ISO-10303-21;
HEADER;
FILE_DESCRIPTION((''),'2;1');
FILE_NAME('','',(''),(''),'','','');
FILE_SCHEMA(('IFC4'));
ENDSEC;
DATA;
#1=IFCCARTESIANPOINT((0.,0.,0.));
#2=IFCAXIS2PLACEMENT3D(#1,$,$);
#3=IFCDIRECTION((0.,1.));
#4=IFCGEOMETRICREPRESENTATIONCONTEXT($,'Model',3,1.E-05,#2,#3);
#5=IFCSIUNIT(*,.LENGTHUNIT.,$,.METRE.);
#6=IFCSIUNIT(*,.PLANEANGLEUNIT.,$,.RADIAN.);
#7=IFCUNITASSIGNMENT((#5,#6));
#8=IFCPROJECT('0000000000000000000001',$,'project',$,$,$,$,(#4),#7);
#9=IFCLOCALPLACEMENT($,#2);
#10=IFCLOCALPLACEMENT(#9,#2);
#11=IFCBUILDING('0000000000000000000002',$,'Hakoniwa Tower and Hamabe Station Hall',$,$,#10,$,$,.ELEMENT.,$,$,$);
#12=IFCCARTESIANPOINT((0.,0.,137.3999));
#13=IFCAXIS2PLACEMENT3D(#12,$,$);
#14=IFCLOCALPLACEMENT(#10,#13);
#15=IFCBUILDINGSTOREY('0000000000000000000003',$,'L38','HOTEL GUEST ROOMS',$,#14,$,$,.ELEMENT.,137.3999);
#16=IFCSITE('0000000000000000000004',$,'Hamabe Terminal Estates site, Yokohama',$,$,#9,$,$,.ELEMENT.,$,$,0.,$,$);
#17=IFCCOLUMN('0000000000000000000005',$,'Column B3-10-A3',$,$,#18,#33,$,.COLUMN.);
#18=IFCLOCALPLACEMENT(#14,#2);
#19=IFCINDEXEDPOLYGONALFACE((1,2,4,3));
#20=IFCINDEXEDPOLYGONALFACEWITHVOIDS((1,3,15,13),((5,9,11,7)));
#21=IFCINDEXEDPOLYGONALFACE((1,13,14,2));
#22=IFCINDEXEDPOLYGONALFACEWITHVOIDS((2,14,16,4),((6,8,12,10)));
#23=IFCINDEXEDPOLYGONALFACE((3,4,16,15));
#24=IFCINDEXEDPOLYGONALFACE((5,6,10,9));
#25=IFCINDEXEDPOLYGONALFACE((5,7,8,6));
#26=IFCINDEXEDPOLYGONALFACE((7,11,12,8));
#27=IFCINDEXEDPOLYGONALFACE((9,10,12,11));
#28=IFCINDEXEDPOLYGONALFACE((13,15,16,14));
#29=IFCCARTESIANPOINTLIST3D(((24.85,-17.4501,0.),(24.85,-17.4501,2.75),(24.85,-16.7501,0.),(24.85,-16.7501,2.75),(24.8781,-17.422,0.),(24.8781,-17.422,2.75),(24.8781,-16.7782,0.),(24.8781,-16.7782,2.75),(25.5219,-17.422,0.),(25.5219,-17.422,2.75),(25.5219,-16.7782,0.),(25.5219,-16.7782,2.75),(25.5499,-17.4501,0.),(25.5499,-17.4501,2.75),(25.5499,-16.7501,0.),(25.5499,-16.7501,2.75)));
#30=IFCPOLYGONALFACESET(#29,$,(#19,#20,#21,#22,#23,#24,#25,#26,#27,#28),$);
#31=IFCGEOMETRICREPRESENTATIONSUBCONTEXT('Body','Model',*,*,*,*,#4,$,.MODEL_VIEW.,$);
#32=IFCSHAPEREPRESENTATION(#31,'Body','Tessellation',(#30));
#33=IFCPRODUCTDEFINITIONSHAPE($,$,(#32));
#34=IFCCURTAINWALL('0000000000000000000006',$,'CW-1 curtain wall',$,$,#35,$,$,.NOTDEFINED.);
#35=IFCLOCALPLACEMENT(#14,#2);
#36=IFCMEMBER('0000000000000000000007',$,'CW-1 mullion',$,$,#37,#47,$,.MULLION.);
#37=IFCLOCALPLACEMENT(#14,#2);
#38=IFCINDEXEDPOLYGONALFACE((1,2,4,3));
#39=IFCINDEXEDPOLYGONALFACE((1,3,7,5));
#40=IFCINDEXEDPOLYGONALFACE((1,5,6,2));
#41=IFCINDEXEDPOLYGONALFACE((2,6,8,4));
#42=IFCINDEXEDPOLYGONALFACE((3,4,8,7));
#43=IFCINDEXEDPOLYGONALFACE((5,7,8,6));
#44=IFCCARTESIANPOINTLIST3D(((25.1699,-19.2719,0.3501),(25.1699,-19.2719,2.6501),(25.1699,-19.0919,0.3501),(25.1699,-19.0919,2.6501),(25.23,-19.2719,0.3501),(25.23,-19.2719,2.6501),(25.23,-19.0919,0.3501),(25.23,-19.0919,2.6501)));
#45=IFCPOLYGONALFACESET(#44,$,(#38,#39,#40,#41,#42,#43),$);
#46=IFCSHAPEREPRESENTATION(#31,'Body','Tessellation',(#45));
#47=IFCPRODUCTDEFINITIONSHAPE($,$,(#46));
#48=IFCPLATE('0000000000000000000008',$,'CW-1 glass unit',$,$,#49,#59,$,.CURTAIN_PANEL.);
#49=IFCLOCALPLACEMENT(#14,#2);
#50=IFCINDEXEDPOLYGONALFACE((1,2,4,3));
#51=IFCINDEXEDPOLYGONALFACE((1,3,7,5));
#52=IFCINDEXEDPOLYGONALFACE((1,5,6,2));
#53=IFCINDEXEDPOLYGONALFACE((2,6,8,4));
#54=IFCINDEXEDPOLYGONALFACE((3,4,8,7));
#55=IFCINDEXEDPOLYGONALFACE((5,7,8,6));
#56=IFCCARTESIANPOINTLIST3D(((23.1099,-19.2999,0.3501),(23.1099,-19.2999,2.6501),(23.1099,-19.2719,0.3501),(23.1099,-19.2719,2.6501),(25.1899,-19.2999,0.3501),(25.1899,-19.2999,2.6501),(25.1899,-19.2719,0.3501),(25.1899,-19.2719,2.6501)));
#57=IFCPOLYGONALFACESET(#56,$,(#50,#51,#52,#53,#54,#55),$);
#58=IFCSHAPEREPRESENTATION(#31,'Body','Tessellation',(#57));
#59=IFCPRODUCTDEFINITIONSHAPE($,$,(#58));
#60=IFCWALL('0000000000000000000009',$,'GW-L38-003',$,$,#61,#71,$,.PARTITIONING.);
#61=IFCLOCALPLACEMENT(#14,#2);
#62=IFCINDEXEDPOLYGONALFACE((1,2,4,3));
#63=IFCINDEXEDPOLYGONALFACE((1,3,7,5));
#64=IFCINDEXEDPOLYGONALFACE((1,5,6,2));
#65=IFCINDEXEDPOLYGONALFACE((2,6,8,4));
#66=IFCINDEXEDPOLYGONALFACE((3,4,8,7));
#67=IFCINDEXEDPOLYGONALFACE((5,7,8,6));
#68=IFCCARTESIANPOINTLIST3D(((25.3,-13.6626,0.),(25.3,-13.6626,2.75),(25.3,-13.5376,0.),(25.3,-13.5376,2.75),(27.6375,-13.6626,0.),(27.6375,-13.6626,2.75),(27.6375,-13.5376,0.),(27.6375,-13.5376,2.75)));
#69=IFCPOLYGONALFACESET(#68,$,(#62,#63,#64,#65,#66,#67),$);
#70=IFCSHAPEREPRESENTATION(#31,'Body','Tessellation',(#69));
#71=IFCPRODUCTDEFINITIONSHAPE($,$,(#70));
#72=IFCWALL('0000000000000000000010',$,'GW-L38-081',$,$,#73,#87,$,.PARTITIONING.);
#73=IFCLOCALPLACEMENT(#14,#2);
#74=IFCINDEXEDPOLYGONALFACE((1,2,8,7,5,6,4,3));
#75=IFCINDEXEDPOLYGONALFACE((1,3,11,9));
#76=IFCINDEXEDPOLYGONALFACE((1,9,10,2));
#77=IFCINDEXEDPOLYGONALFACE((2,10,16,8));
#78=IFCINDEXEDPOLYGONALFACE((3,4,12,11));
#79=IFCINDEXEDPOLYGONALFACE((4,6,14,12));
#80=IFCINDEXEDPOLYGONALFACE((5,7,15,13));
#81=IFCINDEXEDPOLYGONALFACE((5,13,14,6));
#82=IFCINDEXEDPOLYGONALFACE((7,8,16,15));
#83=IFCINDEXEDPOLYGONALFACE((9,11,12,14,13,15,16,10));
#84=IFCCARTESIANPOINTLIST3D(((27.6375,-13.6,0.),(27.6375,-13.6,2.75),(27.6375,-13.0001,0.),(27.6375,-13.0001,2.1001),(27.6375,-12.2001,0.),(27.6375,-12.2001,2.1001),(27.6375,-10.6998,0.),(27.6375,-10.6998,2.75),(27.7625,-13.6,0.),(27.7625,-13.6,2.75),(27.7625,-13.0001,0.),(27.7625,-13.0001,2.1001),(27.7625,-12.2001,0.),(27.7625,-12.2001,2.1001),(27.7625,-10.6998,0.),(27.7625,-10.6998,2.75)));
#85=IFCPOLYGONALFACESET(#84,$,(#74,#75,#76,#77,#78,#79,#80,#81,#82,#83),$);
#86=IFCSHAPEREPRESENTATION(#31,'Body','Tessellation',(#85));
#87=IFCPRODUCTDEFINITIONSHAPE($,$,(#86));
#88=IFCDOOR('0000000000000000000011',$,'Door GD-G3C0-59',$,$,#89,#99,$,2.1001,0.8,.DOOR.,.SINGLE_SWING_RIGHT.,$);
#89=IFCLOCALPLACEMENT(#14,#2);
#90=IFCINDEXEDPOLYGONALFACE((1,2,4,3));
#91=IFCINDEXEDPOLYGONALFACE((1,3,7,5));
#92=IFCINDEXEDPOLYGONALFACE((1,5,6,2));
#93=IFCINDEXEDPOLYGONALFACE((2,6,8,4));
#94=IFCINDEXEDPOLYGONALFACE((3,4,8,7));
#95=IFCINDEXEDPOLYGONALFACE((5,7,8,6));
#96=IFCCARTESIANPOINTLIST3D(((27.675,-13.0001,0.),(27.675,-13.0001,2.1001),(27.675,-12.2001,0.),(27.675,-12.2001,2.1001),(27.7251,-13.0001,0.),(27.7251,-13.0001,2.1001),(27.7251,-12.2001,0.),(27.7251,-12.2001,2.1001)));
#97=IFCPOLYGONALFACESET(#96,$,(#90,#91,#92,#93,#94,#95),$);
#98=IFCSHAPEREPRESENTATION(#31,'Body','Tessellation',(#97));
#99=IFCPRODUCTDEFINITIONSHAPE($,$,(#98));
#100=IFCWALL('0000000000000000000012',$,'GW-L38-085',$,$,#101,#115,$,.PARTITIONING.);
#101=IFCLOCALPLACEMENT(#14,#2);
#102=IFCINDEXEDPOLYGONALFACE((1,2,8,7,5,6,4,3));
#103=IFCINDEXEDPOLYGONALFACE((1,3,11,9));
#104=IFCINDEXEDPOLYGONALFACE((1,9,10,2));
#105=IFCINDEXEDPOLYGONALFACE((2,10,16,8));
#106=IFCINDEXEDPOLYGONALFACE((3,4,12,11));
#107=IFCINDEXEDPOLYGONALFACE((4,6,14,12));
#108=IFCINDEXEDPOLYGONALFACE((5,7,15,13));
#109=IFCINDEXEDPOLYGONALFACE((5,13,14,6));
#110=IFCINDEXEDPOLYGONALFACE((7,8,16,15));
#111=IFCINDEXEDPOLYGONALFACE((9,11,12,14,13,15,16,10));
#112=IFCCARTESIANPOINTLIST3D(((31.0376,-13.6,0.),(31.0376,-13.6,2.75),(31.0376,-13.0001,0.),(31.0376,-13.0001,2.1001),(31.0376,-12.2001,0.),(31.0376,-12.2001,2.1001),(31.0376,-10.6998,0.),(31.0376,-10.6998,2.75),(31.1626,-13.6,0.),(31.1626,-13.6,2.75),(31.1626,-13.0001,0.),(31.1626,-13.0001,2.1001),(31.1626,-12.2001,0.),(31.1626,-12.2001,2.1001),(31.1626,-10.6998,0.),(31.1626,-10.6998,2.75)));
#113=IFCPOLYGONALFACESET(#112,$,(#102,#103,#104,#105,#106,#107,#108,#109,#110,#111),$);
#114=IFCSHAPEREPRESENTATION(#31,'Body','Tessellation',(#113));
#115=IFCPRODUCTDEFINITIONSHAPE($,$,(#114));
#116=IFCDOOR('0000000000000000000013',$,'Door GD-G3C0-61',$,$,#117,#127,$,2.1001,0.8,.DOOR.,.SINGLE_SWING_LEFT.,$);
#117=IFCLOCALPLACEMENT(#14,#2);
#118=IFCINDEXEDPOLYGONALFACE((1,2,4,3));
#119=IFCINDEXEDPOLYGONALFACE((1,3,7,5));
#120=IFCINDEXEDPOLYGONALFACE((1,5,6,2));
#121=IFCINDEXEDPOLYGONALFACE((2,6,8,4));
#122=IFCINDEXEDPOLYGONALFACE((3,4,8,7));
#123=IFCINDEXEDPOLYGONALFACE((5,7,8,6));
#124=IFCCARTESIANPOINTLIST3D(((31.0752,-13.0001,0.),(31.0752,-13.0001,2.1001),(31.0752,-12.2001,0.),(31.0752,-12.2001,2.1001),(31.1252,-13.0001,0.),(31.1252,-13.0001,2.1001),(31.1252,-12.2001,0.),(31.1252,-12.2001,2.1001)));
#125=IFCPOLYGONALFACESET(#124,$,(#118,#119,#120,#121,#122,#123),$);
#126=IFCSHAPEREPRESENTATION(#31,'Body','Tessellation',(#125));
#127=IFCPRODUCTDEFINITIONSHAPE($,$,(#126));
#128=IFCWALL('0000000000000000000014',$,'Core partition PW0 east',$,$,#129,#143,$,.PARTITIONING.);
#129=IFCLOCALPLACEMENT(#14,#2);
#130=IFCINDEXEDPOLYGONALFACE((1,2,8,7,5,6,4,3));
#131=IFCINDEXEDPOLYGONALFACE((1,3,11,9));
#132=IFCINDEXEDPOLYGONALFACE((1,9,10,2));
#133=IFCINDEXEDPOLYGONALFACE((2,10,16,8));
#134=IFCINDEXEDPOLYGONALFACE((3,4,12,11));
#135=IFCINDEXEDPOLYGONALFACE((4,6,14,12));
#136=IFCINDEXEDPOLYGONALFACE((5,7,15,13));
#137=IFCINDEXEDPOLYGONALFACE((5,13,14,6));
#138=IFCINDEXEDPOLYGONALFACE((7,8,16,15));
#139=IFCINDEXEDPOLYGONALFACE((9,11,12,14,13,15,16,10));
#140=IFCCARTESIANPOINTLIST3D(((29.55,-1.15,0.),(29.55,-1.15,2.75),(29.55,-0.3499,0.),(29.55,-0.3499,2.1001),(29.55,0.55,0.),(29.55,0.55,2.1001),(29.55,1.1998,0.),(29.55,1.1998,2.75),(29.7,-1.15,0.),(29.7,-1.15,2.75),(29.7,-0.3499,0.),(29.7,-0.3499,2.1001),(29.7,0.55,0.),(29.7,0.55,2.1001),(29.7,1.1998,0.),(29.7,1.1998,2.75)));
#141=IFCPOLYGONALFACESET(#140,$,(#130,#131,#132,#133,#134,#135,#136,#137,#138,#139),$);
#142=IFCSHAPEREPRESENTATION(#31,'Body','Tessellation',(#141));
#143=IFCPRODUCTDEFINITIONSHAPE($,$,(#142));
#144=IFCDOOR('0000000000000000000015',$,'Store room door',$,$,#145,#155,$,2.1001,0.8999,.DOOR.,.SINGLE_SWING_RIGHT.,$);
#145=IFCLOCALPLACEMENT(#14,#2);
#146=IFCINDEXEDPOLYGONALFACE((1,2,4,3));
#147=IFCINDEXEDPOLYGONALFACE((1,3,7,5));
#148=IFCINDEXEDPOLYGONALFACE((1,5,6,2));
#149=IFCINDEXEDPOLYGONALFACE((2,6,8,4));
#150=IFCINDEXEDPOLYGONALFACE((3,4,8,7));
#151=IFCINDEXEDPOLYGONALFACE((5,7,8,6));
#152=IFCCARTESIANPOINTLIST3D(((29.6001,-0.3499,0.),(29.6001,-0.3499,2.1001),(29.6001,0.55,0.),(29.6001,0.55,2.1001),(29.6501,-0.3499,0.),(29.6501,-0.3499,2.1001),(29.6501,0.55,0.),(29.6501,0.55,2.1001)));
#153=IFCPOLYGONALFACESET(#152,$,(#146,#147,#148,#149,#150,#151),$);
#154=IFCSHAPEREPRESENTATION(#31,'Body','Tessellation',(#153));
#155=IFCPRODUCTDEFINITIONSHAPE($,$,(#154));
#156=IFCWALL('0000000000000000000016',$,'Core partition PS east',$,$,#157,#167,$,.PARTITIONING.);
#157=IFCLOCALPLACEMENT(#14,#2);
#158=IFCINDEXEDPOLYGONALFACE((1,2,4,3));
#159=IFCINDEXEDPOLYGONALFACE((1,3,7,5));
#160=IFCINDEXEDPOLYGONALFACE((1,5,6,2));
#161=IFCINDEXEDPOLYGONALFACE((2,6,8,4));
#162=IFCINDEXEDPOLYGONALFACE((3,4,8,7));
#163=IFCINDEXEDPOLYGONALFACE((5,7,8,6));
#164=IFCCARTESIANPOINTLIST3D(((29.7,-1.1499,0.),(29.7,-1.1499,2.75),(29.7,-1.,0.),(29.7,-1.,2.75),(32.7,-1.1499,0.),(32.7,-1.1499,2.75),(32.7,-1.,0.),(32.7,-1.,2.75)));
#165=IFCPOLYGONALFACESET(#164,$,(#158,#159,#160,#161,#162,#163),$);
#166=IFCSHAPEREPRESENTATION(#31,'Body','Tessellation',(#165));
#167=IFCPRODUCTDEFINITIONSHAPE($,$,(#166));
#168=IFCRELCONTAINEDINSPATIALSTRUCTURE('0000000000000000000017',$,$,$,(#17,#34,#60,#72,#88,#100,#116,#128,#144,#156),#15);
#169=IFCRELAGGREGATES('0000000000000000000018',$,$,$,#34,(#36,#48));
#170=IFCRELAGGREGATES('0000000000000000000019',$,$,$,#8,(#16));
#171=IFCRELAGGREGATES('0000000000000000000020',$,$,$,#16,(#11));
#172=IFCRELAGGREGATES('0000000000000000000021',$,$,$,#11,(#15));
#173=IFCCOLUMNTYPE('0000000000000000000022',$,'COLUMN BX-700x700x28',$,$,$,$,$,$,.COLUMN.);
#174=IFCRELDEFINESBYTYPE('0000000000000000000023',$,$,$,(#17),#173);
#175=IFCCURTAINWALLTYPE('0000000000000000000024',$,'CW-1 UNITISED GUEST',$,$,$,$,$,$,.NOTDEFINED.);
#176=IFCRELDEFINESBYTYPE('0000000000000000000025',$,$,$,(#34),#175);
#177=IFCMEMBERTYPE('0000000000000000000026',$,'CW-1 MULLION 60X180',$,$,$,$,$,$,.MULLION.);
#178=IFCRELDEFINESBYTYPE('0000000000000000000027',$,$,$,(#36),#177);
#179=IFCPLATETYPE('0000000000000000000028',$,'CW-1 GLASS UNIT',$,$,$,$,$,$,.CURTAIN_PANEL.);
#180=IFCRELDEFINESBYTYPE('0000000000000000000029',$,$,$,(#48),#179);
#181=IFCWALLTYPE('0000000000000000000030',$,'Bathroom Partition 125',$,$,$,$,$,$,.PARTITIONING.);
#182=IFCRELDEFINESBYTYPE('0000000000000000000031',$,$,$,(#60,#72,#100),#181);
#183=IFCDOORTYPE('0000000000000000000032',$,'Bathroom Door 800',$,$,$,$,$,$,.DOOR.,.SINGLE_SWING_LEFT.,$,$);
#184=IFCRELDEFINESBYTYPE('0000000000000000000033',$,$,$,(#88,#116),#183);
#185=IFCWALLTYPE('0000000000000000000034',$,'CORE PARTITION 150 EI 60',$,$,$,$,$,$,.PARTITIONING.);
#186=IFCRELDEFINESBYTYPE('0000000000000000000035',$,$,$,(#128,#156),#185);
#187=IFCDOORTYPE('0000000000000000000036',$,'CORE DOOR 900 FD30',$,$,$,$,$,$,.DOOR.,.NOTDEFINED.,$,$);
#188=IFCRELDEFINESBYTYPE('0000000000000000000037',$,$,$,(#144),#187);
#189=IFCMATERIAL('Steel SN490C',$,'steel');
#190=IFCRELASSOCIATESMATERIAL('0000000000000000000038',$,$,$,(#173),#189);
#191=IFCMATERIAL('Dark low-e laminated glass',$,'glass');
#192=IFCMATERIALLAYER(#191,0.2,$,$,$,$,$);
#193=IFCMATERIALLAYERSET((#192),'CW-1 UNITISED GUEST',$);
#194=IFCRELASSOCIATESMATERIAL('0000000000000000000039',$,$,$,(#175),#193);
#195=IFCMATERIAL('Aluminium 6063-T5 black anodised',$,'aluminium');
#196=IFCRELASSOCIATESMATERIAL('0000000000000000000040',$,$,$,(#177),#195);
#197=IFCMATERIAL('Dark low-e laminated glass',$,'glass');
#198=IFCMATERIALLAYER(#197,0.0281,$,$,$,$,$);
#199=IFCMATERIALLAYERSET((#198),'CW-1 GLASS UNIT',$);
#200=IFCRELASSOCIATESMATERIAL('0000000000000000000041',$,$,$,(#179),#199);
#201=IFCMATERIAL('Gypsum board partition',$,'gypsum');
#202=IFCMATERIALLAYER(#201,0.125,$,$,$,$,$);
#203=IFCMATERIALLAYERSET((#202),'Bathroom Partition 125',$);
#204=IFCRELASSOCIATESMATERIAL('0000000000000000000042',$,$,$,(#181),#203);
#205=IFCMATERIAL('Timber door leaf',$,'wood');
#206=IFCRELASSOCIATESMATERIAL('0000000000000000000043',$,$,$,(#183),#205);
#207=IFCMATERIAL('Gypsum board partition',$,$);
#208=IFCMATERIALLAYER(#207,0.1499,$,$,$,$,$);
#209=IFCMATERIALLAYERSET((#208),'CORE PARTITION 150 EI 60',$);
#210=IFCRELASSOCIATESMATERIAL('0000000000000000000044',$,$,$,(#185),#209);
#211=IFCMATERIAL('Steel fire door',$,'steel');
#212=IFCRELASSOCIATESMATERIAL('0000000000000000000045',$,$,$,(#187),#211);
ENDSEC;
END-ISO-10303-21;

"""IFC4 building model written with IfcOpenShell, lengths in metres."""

from ifc_helpers import new_model, si_unit, direction, frame, frame_2d, origin, origin_2d, place, context, subcontext, project, spatial, rectangle, hollow_rectangle, extrude, material, layer, layer_set, material_profile, profile_set, type_object, element, fill, aggregate, save


model = new_model("IFC4")

# Units and contexts
model_context = context("Model", 3, precision=1e-05, world=origin(), true_north=direction((0.0, 1.0)))
body_context = subcontext(model_context, "Body", "Model", "MODEL_VIEW")
ifc_project = project(units=[si_unit("LENGTHUNIT", "METRE"), si_unit("PLANEANGLEUNIT", "RADIAN")], contexts=[model_context])

# Site, building, storey
site_placement = place(None, origin())
site = spatial("IfcSite", under=ifc_project, at=site_placement, Name="Hamabe Terminal Estates site, Yokohama", CompositionType="ELEMENT", RefElevation=0.0)
building_placement = place(site_placement, origin())
building = spatial("IfcBuilding", under=site, at=building_placement, Name="Hakoniwa Tower and Hamabe Station Hall", CompositionType="ELEMENT")
storey_placement = place(building_placement, frame((0.0, 0.0, 137.3999)))
storey = spatial("IfcBuildingStorey", under=building, at=storey_placement, Name="L38", Description="HOTEL GUEST ROOMS", CompositionType="ELEMENT", Elevation=137.3999)

# Column
ifc_material_1 = material(Name="Steel SN490C", Category="steel")
ifc_material_profile_1 = material_profile(ifc_material_1, hollow_rectangle(XDim=0.7, YDim=0.7, WallThickness=0.0281, at=origin_2d()), Name="BX-700x700x28")
ifc_profile_set_1 = profile_set([ifc_material_profile_1], Name="Steel SN490C")
column_type = type_object("IfcColumnType", Name="COLUMN BX-700x700x28", PredefinedType="COLUMN", material=ifc_profile_set_1)
column_placement = place(storey_placement, frame((25.2, -17.1001, 0.0), z_axis=(0.0, 0.0, 1.0), x_axis=(1.0, 0.0, 0.0)))
element("IfcColumn", 1, at=column_placement, inside=storey, type_object=column_type, Name="Column B3-10-A3", PredefinedType="COLUMN", context=body_context, shape_type="SweptSolid", body=[
    extrude(hollow_rectangle(XDim=0.7, YDim=0.7, WallThickness=0.0281, at=origin_2d()), origin(), (0.0, 0.0, 1.0), 2.75),
])

# Curtain wall, member, plate
ifc_material_2 = material(Name="Dark low-e laminated glass", Category="glass")
ifc_layer_1 = layer(ifc_material_2, 0.2)
ifc_layer_set_1 = layer_set([ifc_layer_1], Name="CW-1 UNITISED GUEST")
curtain_wall_type = type_object("IfcCurtainWallType", Name="CW-1 UNITISED GUEST", PredefinedType="NOTDEFINED", material=ifc_layer_set_1)
curtain_wall_placement = place(storey_placement, origin())
curtain_wall = element("IfcCurtainWall", 2, at=curtain_wall_placement, inside=storey, type_object=curtain_wall_type, Name="CW-1 curtain wall", PredefinedType="NOTDEFINED")
ifc_material_3 = material(Name="Aluminium 6063-T5 black anodised", Category="aluminium")
ifc_material_profile_2 = material_profile(ifc_material_3, rectangle(XDim=0.0601, YDim=0.1799, at=origin_2d()), Name="CW-1 MULLION 60X180")
ifc_profile_set_2 = profile_set([ifc_material_profile_2], Name="Aluminium 6063-T5 black anodised")
member_type = type_object("IfcMemberType", Name="CW-1 MULLION 60X180", PredefinedType="MULLION", material=ifc_profile_set_2)
member_placement = place(storey_placement, frame((25.2, -19.1819, 0.3501), z_axis=(0.0, 0.0, 1.0), x_axis=(1.0, 0.0, 0.0)))
member = element("IfcMember", 3, at=member_placement, type_object=member_type, Name="CW-1 mullion", PredefinedType="MULLION", context=body_context, shape_type="SweptSolid", body=[
    extrude(rectangle(XDim=0.0601, YDim=0.1799, at=origin_2d()), origin(), (0.0, 0.0, 1.0), 2.3),
])
ifc_material_4 = material(Name="Dark low-e laminated glass", Category="glass")
ifc_layer_2 = layer(ifc_material_4, 0.0281)
ifc_layer_set_2 = layer_set([ifc_layer_2], Name="CW-1 GLASS UNIT")
plate_type = type_object("IfcPlateType", Name="CW-1 GLASS UNIT", PredefinedType="CURTAIN_PANEL", material=ifc_layer_set_2)
plate_placement = place(storey_placement, frame((24.1499, -19.2859, 0.3501), z_axis=(0.0, 0.0, 1.0), x_axis=(1.0, 0.0, 0.0)))
plate = element("IfcPlate", 4, at=plate_placement, type_object=plate_type, Name="CW-1 glass unit", PredefinedType="CURTAIN_PANEL", context=body_context, shape_type="SweptSolid", body=[
    extrude(rectangle(XDim=2.0801, YDim=0.0281, at=origin_2d()), origin(), (0.0, 0.0, 1.0), 2.3),
])

# Wall
ifc_material_5 = material(Name="Gypsum board partition", Category="gypsum")
ifc_layer_3 = layer(ifc_material_5, 0.125)
ifc_layer_set_3 = layer_set([ifc_layer_3], Name="Bathroom Partition 125")
wall_type_1 = type_object("IfcWallType", Name="Bathroom Partition 125", PredefinedType="PARTITIONING", material=ifc_layer_set_3)
wall_1_placement = place(storey_placement, frame((25.3, -13.6001, 0.0), z_axis=(0.0, 0.0, 1.0), x_axis=(1.0, 0.0, 0.0)))
element("IfcWall", 5, at=wall_1_placement, inside=storey, type_object=wall_type_1, Name="GW-L38-003", PredefinedType="PARTITIONING", context=body_context, shape_type="SweptSolid", body=[
    extrude(rectangle(XDim=2.3374, YDim=0.125, at=frame_2d((1.1687, 0.0))), origin(), (0.0, 0.0, 1.0), 2.75),
])

# Walls, openings, doors
wall_2_placement = place(storey_placement, frame((27.7, -13.6001, 0.0), z_axis=(0.0, 0.0, 1.0), x_axis=(0.0, 1.0, 0.0)))
wall_2 = element("IfcWall", 6, at=wall_2_placement, inside=storey, type_object=wall_type_1, Name="GW-L38-081", PredefinedType="PARTITIONING", context=body_context, shape_type="SweptSolid", body=[
    extrude(rectangle(XDim=2.9001, YDim=0.125, at=frame_2d((1.4502, 0.0))), origin(), (0.0, 0.0, 1.0), 2.75),
])
opening_1_placement = place(wall_2_placement, frame((0.6001, 0.0, 0.0)))
opening_1 = element("IfcOpeningElement", 7, at=opening_1_placement, cuts=wall_2, PredefinedType="OPENING", context=body_context, shape_type="SweptSolid", body=[
    extrude(rectangle(XDim=0.8, YDim=2.1001, at=frame_2d((0.3999, 1.05))), frame((0.0, 0.0725, 0.0), z_axis=(0.0, -1.0, 0.0), x_axis=(1.0, 0.0, 0.0)), (0.0, 0.0, 1.0), 0.145),
])
ifc_material_6 = material(Name="Timber door leaf", Category="wood")
door_type_1 = type_object("IfcDoorType", Name="Bathroom Door 800", OperationType="SINGLE_SWING_LEFT", PredefinedType="DOOR", material=ifc_material_6)
door_1_placement = place(opening_1_placement, origin())
door_1 = element("IfcDoor", 8, at=door_1_placement, inside=storey, type_object=door_type_1, Name="Door GD-G3C0-59", OperationType="SINGLE_SWING_RIGHT", OverallHeight=2.1001, OverallWidth=0.8, PredefinedType="DOOR", context=body_context, shape_type="SweptSolid", body=[
    extrude(rectangle(XDim=0.8, YDim=2.1001, at=frame_2d((0.3999, 1.05))), frame((0.0, 0.0249, 0.0), z_axis=(0.0, -1.0, 0.0), x_axis=(1.0, 0.0, 0.0)), (0.0, 0.0, 1.0), 0.05),
])
fill(opening_1, door_1)
wall_3_placement = place(storey_placement, frame((31.1001, -13.6001, 0.0), z_axis=(0.0, 0.0, 1.0), x_axis=(0.0, 1.0, 0.0)))
wall_3 = element("IfcWall", 9, at=wall_3_placement, inside=storey, type_object=wall_type_1, Name="GW-L38-085", PredefinedType="PARTITIONING", context=body_context, shape_type="SweptSolid", body=[
    extrude(rectangle(XDim=2.9001, YDim=0.125, at=frame_2d((1.4502, 0.0))), origin(), (0.0, 0.0, 1.0), 2.75),
])
opening_2_placement = place(wall_3_placement, frame((0.6001, 0.0, 0.0)))
opening_2 = element("IfcOpeningElement", 10, at=opening_2_placement, cuts=wall_3, PredefinedType="OPENING", context=body_context, shape_type="SweptSolid", body=[
    extrude(rectangle(XDim=0.8, YDim=2.1001, at=frame_2d((0.3999, 1.05))), frame((0.0, 0.0725, 0.0), z_axis=(0.0, -1.0, 0.0), x_axis=(1.0, 0.0, 0.0)), (0.0, 0.0, 1.0), 0.145),
])
door_2_placement = place(opening_2_placement, origin())
door_2 = element("IfcDoor", 11, at=door_2_placement, inside=storey, type_object=door_type_1, Name="Door GD-G3C0-61", OperationType="SINGLE_SWING_LEFT", OverallHeight=2.1001, OverallWidth=0.8, PredefinedType="DOOR", context=body_context, shape_type="SweptSolid", body=[
    extrude(rectangle(XDim=0.8, YDim=2.1001, at=frame_2d((0.3999, 1.05))), frame((0.0, 0.0249, 0.0), z_axis=(0.0, -1.0, 0.0), x_axis=(1.0, 0.0, 0.0)), (0.0, 0.0, 1.0), 0.05),
])
fill(opening_2, door_2)
ifc_material_7 = material(Name="Gypsum board partition")
ifc_layer_4 = layer(ifc_material_7, 0.1499)
ifc_layer_set_4 = layer_set([ifc_layer_4], Name="CORE PARTITION 150 EI 60")
wall_type_2 = type_object("IfcWallType", Name="CORE PARTITION 150 EI 60", PredefinedType="PARTITIONING", material=ifc_layer_set_4)
wall_4_placement = place(storey_placement, frame((29.625, -1.1499, 0.0), z_axis=(0.0, 0.0, 1.0), x_axis=(0.0, 1.0, 0.0)))
wall_4 = element("IfcWall", 12, at=wall_4_placement, inside=storey, type_object=wall_type_2, Name="Core partition PW0 east", PredefinedType="PARTITIONING", context=body_context, shape_type="SweptSolid", body=[
    extrude(rectangle(XDim=2.3499, YDim=0.1499, at=frame_2d((1.1748, 0.0))), origin(), (0.0, 0.0, 1.0), 2.75),
])
opening_3_placement = place(wall_4_placement, frame((0.8, 0.0, 0.0)))
opening_3 = element("IfcOpeningElement", 13, at=opening_3_placement, cuts=wall_4, PredefinedType="OPENING", context=body_context, shape_type="SweptSolid", body=[
    extrude(rectangle(XDim=0.8999, YDim=2.1001, at=frame_2d((0.45, 1.05))), frame((0.0, 0.085, 0.0), z_axis=(0.0, -1.0, 0.0), x_axis=(1.0, 0.0, 0.0)), (0.0, 0.0, 1.0), 0.1699),
])
ifc_material_8 = material(Name="Steel fire door", Category="steel")
door_type_2 = type_object("IfcDoorType", Name="CORE DOOR 900 FD30", OperationType="NOTDEFINED", PredefinedType="DOOR", material=ifc_material_8)
door_3_placement = place(opening_3_placement, origin())
door_3 = element("IfcDoor", 14, at=door_3_placement, inside=storey, type_object=door_type_2, Name="Store room door", OperationType="SINGLE_SWING_RIGHT", OverallHeight=2.1001, OverallWidth=0.8999, PredefinedType="DOOR", context=body_context, shape_type="SweptSolid", body=[
    extrude(rectangle(XDim=0.8999, YDim=2.1001, at=frame_2d((0.45, 1.05))), frame((0.0, 0.0249, 0.0), z_axis=(0.0, -1.0, 0.0), x_axis=(1.0, 0.0, 0.0)), (0.0, 0.0, 1.0), 0.05),
])
fill(opening_3, door_3)

# Wall
wall_5_placement = place(storey_placement, frame((29.7, -1.075, 0.0), z_axis=(0.0, 0.0, 1.0), x_axis=(1.0, 0.0, 0.0)))
element("IfcWall", 15, at=wall_5_placement, inside=storey, type_object=wall_type_2, Name="Core partition PS east", PredefinedType="PARTITIONING", context=body_context, shape_type="SweptSolid", body=[
    extrude(rectangle(XDim=3.0, YDim=0.1499, at=frame_2d((1.5, 0.0))), origin(), (0.0, 0.0, 1.0), 2.75),
])

aggregate(curtain_wall, [member, plate])

save(model, "model.ifc")
